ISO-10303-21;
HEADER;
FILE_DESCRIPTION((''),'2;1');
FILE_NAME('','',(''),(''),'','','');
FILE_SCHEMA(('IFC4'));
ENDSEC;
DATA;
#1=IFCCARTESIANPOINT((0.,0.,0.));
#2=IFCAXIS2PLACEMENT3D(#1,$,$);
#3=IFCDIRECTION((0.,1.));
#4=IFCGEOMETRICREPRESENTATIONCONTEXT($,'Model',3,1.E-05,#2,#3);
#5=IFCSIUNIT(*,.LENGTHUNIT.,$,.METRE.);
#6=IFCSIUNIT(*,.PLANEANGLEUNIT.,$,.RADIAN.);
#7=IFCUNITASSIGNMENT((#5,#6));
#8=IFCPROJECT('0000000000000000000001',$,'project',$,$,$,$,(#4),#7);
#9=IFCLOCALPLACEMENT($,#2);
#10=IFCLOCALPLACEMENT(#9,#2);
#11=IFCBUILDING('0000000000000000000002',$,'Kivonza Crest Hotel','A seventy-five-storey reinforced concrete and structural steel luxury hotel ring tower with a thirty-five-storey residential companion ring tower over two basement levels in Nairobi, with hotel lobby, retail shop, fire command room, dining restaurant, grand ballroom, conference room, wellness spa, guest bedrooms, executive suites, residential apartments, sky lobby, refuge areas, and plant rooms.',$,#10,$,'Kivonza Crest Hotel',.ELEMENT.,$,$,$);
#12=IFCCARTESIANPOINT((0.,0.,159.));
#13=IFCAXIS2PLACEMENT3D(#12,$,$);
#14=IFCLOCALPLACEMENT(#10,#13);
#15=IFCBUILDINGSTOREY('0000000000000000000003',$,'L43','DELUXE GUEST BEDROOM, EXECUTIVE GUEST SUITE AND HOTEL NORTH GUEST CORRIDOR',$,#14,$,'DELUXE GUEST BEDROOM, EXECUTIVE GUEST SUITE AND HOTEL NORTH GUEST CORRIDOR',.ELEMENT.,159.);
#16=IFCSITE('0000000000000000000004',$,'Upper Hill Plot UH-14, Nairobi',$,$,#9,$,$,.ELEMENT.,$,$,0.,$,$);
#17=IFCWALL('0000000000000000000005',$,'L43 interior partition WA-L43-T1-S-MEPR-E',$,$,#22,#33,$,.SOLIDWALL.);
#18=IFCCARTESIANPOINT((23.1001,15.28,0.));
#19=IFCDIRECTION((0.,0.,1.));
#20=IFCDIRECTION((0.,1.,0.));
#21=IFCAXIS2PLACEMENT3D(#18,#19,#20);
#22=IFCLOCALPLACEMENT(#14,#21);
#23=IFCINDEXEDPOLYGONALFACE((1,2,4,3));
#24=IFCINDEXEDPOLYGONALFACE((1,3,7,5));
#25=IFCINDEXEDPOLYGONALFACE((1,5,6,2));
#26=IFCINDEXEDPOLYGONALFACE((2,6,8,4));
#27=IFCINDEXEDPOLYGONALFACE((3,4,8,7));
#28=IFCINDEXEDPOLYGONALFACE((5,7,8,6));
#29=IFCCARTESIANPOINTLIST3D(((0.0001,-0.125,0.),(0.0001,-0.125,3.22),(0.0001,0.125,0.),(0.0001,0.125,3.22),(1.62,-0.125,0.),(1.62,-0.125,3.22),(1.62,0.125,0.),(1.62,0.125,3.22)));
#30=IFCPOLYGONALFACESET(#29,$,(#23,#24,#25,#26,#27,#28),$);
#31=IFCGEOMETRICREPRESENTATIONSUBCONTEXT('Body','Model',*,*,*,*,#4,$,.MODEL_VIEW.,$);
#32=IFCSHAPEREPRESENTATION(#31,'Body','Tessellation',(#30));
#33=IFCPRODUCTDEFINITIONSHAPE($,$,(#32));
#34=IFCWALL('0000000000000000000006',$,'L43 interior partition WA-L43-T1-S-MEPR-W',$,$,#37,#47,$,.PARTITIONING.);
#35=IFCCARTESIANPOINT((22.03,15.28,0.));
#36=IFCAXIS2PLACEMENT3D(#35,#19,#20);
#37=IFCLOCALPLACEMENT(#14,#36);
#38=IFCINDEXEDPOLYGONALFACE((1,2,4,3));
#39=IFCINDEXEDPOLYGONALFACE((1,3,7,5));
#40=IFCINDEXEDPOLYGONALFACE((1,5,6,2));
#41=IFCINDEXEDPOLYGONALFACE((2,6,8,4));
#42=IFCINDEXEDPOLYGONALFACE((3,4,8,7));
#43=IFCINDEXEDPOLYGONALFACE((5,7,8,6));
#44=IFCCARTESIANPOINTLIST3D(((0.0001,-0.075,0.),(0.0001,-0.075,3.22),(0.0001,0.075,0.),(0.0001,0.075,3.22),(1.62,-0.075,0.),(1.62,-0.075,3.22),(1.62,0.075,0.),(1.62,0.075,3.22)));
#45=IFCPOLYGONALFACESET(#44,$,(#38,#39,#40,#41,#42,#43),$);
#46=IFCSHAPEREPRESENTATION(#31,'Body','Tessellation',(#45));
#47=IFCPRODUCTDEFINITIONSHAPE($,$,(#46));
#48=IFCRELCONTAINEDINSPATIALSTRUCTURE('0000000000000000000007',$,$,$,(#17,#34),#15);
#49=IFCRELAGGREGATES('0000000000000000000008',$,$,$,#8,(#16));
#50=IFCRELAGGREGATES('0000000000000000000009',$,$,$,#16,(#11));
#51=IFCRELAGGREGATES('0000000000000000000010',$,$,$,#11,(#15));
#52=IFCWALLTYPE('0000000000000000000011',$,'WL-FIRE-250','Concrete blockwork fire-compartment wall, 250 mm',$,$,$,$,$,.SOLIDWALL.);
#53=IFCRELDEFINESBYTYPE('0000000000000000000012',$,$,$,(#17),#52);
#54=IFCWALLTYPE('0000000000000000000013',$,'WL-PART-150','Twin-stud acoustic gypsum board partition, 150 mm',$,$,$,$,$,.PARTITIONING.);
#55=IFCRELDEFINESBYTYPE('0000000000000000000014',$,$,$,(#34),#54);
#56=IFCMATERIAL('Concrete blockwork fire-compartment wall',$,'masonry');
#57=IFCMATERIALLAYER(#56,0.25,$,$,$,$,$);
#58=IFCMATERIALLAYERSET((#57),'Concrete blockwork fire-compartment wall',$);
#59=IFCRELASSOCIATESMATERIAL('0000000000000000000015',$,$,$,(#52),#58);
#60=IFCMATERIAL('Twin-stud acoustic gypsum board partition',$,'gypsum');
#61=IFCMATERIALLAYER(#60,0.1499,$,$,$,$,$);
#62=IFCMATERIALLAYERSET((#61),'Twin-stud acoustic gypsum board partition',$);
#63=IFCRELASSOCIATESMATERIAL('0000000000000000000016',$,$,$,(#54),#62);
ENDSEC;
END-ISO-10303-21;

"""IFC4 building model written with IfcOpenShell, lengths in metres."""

from ifc_helpers import new_model, si_unit, direction, frame, frame_2d, origin, place, context, subcontext, project, spatial, rectangle, extrude, material, layer, layer_set, type_object, element, save


model = new_model("IFC4")

# Units and contexts
model_context = context("Model", 3, precision=1e-05, world=origin(), true_north=direction((0.0, 1.0)))
body_context = subcontext(model_context, "Body", "Model", "MODEL_VIEW")
ifc_project = project(units=[si_unit("LENGTHUNIT", "METRE"), si_unit("PLANEANGLEUNIT", "RADIAN")], contexts=[model_context])

# Site, building, storey
site_placement = place(None, origin())
site = spatial("IfcSite", under=ifc_project, at=site_placement, Name="Upper Hill Plot UH-14, Nairobi", CompositionType="ELEMENT", RefElevation=0.0)
building_placement = place(site_placement, origin())
building = spatial("IfcBuilding", under=site, at=building_placement, Name="Kivonza Crest Hotel", Description="A seventy-five-storey reinforced concrete and structural steel luxury hotel ring tower with a thirty-five-storey residential companion ring tower over two basement levels in Nairobi, with hotel lobby, retail shop, fire command room, dining restaurant, grand ballroom, conference room, wellness spa, guest bedrooms, executive suites, residential apartments, sky lobby, refuge areas, and plant rooms.", LongName="Kivonza Crest Hotel", CompositionType="ELEMENT")
storey_placement = place(building_placement, frame((0.0, 0.0, 159.0)))
storey = spatial("IfcBuildingStorey", under=building, at=storey_placement, Name="L43", Description="DELUXE GUEST BEDROOM, EXECUTIVE GUEST SUITE AND HOTEL NORTH GUEST CORRIDOR", LongName="DELUXE GUEST BEDROOM, EXECUTIVE GUEST SUITE AND HOTEL NORTH GUEST CORRIDOR", CompositionType="ELEMENT", Elevation=159.0)

# Walls
ifc_material_1 = material(Name="Concrete blockwork fire-compartment wall", Category="masonry")
ifc_layer_1 = layer(ifc_material_1, 0.25)
ifc_layer_set_1 = layer_set([ifc_layer_1], Name="Concrete blockwork fire-compartment wall")
wall_type_1 = type_object("IfcWallType", Name="WL-FIRE-250", Description="Concrete blockwork fire-compartment wall, 250 mm", PredefinedType="SOLIDWALL", material=ifc_layer_set_1)
wall_1_placement = place(storey_placement, frame((23.1001, 15.28, 0.0), z_axis=(0.0, 0.0, 1.0), x_axis=(0.0, 1.0, 0.0)))
element("IfcWall", 1, at=wall_1_placement, inside=storey, type_object=wall_type_1, Name="L43 interior partition WA-L43-T1-S-MEPR-E", PredefinedType="SOLIDWALL", context=body_context, shape_type="SweptSolid", body=[
    extrude(rectangle(XDim=1.6199, YDim=0.25, at=frame_2d((0.8101, 0.0))), origin(), (0.0, 0.0, 1.0), 3.22),
])
ifc_material_2 = material(Name="Twin-stud acoustic gypsum board partition", Category="gypsum")
ifc_layer_2 = layer(ifc_material_2, 0.1499)
ifc_layer_set_2 = layer_set([ifc_layer_2], Name="Twin-stud acoustic gypsum board partition")
wall_type_2 = type_object("IfcWallType", Name="WL-PART-150", Description="Twin-stud acoustic gypsum board partition, 150 mm", PredefinedType="PARTITIONING", material=ifc_layer_set_2)
wall_2_placement = place(storey_placement, frame((22.03, 15.28, 0.0), z_axis=(0.0, 0.0, 1.0), x_axis=(0.0, 1.0, 0.0)))
element("IfcWall", 2, at=wall_2_placement, inside=storey, type_object=wall_type_2, Name="L43 interior partition WA-L43-T1-S-MEPR-W", PredefinedType="PARTITIONING", context=body_context, shape_type="SweptSolid", body=[
    extrude(rectangle(XDim=1.6199, YDim=0.1499, at=frame_2d((0.8101, 0.0))), origin(), (0.0, 0.0, 1.0), 3.22),
])

save(model, "model.ifc")
